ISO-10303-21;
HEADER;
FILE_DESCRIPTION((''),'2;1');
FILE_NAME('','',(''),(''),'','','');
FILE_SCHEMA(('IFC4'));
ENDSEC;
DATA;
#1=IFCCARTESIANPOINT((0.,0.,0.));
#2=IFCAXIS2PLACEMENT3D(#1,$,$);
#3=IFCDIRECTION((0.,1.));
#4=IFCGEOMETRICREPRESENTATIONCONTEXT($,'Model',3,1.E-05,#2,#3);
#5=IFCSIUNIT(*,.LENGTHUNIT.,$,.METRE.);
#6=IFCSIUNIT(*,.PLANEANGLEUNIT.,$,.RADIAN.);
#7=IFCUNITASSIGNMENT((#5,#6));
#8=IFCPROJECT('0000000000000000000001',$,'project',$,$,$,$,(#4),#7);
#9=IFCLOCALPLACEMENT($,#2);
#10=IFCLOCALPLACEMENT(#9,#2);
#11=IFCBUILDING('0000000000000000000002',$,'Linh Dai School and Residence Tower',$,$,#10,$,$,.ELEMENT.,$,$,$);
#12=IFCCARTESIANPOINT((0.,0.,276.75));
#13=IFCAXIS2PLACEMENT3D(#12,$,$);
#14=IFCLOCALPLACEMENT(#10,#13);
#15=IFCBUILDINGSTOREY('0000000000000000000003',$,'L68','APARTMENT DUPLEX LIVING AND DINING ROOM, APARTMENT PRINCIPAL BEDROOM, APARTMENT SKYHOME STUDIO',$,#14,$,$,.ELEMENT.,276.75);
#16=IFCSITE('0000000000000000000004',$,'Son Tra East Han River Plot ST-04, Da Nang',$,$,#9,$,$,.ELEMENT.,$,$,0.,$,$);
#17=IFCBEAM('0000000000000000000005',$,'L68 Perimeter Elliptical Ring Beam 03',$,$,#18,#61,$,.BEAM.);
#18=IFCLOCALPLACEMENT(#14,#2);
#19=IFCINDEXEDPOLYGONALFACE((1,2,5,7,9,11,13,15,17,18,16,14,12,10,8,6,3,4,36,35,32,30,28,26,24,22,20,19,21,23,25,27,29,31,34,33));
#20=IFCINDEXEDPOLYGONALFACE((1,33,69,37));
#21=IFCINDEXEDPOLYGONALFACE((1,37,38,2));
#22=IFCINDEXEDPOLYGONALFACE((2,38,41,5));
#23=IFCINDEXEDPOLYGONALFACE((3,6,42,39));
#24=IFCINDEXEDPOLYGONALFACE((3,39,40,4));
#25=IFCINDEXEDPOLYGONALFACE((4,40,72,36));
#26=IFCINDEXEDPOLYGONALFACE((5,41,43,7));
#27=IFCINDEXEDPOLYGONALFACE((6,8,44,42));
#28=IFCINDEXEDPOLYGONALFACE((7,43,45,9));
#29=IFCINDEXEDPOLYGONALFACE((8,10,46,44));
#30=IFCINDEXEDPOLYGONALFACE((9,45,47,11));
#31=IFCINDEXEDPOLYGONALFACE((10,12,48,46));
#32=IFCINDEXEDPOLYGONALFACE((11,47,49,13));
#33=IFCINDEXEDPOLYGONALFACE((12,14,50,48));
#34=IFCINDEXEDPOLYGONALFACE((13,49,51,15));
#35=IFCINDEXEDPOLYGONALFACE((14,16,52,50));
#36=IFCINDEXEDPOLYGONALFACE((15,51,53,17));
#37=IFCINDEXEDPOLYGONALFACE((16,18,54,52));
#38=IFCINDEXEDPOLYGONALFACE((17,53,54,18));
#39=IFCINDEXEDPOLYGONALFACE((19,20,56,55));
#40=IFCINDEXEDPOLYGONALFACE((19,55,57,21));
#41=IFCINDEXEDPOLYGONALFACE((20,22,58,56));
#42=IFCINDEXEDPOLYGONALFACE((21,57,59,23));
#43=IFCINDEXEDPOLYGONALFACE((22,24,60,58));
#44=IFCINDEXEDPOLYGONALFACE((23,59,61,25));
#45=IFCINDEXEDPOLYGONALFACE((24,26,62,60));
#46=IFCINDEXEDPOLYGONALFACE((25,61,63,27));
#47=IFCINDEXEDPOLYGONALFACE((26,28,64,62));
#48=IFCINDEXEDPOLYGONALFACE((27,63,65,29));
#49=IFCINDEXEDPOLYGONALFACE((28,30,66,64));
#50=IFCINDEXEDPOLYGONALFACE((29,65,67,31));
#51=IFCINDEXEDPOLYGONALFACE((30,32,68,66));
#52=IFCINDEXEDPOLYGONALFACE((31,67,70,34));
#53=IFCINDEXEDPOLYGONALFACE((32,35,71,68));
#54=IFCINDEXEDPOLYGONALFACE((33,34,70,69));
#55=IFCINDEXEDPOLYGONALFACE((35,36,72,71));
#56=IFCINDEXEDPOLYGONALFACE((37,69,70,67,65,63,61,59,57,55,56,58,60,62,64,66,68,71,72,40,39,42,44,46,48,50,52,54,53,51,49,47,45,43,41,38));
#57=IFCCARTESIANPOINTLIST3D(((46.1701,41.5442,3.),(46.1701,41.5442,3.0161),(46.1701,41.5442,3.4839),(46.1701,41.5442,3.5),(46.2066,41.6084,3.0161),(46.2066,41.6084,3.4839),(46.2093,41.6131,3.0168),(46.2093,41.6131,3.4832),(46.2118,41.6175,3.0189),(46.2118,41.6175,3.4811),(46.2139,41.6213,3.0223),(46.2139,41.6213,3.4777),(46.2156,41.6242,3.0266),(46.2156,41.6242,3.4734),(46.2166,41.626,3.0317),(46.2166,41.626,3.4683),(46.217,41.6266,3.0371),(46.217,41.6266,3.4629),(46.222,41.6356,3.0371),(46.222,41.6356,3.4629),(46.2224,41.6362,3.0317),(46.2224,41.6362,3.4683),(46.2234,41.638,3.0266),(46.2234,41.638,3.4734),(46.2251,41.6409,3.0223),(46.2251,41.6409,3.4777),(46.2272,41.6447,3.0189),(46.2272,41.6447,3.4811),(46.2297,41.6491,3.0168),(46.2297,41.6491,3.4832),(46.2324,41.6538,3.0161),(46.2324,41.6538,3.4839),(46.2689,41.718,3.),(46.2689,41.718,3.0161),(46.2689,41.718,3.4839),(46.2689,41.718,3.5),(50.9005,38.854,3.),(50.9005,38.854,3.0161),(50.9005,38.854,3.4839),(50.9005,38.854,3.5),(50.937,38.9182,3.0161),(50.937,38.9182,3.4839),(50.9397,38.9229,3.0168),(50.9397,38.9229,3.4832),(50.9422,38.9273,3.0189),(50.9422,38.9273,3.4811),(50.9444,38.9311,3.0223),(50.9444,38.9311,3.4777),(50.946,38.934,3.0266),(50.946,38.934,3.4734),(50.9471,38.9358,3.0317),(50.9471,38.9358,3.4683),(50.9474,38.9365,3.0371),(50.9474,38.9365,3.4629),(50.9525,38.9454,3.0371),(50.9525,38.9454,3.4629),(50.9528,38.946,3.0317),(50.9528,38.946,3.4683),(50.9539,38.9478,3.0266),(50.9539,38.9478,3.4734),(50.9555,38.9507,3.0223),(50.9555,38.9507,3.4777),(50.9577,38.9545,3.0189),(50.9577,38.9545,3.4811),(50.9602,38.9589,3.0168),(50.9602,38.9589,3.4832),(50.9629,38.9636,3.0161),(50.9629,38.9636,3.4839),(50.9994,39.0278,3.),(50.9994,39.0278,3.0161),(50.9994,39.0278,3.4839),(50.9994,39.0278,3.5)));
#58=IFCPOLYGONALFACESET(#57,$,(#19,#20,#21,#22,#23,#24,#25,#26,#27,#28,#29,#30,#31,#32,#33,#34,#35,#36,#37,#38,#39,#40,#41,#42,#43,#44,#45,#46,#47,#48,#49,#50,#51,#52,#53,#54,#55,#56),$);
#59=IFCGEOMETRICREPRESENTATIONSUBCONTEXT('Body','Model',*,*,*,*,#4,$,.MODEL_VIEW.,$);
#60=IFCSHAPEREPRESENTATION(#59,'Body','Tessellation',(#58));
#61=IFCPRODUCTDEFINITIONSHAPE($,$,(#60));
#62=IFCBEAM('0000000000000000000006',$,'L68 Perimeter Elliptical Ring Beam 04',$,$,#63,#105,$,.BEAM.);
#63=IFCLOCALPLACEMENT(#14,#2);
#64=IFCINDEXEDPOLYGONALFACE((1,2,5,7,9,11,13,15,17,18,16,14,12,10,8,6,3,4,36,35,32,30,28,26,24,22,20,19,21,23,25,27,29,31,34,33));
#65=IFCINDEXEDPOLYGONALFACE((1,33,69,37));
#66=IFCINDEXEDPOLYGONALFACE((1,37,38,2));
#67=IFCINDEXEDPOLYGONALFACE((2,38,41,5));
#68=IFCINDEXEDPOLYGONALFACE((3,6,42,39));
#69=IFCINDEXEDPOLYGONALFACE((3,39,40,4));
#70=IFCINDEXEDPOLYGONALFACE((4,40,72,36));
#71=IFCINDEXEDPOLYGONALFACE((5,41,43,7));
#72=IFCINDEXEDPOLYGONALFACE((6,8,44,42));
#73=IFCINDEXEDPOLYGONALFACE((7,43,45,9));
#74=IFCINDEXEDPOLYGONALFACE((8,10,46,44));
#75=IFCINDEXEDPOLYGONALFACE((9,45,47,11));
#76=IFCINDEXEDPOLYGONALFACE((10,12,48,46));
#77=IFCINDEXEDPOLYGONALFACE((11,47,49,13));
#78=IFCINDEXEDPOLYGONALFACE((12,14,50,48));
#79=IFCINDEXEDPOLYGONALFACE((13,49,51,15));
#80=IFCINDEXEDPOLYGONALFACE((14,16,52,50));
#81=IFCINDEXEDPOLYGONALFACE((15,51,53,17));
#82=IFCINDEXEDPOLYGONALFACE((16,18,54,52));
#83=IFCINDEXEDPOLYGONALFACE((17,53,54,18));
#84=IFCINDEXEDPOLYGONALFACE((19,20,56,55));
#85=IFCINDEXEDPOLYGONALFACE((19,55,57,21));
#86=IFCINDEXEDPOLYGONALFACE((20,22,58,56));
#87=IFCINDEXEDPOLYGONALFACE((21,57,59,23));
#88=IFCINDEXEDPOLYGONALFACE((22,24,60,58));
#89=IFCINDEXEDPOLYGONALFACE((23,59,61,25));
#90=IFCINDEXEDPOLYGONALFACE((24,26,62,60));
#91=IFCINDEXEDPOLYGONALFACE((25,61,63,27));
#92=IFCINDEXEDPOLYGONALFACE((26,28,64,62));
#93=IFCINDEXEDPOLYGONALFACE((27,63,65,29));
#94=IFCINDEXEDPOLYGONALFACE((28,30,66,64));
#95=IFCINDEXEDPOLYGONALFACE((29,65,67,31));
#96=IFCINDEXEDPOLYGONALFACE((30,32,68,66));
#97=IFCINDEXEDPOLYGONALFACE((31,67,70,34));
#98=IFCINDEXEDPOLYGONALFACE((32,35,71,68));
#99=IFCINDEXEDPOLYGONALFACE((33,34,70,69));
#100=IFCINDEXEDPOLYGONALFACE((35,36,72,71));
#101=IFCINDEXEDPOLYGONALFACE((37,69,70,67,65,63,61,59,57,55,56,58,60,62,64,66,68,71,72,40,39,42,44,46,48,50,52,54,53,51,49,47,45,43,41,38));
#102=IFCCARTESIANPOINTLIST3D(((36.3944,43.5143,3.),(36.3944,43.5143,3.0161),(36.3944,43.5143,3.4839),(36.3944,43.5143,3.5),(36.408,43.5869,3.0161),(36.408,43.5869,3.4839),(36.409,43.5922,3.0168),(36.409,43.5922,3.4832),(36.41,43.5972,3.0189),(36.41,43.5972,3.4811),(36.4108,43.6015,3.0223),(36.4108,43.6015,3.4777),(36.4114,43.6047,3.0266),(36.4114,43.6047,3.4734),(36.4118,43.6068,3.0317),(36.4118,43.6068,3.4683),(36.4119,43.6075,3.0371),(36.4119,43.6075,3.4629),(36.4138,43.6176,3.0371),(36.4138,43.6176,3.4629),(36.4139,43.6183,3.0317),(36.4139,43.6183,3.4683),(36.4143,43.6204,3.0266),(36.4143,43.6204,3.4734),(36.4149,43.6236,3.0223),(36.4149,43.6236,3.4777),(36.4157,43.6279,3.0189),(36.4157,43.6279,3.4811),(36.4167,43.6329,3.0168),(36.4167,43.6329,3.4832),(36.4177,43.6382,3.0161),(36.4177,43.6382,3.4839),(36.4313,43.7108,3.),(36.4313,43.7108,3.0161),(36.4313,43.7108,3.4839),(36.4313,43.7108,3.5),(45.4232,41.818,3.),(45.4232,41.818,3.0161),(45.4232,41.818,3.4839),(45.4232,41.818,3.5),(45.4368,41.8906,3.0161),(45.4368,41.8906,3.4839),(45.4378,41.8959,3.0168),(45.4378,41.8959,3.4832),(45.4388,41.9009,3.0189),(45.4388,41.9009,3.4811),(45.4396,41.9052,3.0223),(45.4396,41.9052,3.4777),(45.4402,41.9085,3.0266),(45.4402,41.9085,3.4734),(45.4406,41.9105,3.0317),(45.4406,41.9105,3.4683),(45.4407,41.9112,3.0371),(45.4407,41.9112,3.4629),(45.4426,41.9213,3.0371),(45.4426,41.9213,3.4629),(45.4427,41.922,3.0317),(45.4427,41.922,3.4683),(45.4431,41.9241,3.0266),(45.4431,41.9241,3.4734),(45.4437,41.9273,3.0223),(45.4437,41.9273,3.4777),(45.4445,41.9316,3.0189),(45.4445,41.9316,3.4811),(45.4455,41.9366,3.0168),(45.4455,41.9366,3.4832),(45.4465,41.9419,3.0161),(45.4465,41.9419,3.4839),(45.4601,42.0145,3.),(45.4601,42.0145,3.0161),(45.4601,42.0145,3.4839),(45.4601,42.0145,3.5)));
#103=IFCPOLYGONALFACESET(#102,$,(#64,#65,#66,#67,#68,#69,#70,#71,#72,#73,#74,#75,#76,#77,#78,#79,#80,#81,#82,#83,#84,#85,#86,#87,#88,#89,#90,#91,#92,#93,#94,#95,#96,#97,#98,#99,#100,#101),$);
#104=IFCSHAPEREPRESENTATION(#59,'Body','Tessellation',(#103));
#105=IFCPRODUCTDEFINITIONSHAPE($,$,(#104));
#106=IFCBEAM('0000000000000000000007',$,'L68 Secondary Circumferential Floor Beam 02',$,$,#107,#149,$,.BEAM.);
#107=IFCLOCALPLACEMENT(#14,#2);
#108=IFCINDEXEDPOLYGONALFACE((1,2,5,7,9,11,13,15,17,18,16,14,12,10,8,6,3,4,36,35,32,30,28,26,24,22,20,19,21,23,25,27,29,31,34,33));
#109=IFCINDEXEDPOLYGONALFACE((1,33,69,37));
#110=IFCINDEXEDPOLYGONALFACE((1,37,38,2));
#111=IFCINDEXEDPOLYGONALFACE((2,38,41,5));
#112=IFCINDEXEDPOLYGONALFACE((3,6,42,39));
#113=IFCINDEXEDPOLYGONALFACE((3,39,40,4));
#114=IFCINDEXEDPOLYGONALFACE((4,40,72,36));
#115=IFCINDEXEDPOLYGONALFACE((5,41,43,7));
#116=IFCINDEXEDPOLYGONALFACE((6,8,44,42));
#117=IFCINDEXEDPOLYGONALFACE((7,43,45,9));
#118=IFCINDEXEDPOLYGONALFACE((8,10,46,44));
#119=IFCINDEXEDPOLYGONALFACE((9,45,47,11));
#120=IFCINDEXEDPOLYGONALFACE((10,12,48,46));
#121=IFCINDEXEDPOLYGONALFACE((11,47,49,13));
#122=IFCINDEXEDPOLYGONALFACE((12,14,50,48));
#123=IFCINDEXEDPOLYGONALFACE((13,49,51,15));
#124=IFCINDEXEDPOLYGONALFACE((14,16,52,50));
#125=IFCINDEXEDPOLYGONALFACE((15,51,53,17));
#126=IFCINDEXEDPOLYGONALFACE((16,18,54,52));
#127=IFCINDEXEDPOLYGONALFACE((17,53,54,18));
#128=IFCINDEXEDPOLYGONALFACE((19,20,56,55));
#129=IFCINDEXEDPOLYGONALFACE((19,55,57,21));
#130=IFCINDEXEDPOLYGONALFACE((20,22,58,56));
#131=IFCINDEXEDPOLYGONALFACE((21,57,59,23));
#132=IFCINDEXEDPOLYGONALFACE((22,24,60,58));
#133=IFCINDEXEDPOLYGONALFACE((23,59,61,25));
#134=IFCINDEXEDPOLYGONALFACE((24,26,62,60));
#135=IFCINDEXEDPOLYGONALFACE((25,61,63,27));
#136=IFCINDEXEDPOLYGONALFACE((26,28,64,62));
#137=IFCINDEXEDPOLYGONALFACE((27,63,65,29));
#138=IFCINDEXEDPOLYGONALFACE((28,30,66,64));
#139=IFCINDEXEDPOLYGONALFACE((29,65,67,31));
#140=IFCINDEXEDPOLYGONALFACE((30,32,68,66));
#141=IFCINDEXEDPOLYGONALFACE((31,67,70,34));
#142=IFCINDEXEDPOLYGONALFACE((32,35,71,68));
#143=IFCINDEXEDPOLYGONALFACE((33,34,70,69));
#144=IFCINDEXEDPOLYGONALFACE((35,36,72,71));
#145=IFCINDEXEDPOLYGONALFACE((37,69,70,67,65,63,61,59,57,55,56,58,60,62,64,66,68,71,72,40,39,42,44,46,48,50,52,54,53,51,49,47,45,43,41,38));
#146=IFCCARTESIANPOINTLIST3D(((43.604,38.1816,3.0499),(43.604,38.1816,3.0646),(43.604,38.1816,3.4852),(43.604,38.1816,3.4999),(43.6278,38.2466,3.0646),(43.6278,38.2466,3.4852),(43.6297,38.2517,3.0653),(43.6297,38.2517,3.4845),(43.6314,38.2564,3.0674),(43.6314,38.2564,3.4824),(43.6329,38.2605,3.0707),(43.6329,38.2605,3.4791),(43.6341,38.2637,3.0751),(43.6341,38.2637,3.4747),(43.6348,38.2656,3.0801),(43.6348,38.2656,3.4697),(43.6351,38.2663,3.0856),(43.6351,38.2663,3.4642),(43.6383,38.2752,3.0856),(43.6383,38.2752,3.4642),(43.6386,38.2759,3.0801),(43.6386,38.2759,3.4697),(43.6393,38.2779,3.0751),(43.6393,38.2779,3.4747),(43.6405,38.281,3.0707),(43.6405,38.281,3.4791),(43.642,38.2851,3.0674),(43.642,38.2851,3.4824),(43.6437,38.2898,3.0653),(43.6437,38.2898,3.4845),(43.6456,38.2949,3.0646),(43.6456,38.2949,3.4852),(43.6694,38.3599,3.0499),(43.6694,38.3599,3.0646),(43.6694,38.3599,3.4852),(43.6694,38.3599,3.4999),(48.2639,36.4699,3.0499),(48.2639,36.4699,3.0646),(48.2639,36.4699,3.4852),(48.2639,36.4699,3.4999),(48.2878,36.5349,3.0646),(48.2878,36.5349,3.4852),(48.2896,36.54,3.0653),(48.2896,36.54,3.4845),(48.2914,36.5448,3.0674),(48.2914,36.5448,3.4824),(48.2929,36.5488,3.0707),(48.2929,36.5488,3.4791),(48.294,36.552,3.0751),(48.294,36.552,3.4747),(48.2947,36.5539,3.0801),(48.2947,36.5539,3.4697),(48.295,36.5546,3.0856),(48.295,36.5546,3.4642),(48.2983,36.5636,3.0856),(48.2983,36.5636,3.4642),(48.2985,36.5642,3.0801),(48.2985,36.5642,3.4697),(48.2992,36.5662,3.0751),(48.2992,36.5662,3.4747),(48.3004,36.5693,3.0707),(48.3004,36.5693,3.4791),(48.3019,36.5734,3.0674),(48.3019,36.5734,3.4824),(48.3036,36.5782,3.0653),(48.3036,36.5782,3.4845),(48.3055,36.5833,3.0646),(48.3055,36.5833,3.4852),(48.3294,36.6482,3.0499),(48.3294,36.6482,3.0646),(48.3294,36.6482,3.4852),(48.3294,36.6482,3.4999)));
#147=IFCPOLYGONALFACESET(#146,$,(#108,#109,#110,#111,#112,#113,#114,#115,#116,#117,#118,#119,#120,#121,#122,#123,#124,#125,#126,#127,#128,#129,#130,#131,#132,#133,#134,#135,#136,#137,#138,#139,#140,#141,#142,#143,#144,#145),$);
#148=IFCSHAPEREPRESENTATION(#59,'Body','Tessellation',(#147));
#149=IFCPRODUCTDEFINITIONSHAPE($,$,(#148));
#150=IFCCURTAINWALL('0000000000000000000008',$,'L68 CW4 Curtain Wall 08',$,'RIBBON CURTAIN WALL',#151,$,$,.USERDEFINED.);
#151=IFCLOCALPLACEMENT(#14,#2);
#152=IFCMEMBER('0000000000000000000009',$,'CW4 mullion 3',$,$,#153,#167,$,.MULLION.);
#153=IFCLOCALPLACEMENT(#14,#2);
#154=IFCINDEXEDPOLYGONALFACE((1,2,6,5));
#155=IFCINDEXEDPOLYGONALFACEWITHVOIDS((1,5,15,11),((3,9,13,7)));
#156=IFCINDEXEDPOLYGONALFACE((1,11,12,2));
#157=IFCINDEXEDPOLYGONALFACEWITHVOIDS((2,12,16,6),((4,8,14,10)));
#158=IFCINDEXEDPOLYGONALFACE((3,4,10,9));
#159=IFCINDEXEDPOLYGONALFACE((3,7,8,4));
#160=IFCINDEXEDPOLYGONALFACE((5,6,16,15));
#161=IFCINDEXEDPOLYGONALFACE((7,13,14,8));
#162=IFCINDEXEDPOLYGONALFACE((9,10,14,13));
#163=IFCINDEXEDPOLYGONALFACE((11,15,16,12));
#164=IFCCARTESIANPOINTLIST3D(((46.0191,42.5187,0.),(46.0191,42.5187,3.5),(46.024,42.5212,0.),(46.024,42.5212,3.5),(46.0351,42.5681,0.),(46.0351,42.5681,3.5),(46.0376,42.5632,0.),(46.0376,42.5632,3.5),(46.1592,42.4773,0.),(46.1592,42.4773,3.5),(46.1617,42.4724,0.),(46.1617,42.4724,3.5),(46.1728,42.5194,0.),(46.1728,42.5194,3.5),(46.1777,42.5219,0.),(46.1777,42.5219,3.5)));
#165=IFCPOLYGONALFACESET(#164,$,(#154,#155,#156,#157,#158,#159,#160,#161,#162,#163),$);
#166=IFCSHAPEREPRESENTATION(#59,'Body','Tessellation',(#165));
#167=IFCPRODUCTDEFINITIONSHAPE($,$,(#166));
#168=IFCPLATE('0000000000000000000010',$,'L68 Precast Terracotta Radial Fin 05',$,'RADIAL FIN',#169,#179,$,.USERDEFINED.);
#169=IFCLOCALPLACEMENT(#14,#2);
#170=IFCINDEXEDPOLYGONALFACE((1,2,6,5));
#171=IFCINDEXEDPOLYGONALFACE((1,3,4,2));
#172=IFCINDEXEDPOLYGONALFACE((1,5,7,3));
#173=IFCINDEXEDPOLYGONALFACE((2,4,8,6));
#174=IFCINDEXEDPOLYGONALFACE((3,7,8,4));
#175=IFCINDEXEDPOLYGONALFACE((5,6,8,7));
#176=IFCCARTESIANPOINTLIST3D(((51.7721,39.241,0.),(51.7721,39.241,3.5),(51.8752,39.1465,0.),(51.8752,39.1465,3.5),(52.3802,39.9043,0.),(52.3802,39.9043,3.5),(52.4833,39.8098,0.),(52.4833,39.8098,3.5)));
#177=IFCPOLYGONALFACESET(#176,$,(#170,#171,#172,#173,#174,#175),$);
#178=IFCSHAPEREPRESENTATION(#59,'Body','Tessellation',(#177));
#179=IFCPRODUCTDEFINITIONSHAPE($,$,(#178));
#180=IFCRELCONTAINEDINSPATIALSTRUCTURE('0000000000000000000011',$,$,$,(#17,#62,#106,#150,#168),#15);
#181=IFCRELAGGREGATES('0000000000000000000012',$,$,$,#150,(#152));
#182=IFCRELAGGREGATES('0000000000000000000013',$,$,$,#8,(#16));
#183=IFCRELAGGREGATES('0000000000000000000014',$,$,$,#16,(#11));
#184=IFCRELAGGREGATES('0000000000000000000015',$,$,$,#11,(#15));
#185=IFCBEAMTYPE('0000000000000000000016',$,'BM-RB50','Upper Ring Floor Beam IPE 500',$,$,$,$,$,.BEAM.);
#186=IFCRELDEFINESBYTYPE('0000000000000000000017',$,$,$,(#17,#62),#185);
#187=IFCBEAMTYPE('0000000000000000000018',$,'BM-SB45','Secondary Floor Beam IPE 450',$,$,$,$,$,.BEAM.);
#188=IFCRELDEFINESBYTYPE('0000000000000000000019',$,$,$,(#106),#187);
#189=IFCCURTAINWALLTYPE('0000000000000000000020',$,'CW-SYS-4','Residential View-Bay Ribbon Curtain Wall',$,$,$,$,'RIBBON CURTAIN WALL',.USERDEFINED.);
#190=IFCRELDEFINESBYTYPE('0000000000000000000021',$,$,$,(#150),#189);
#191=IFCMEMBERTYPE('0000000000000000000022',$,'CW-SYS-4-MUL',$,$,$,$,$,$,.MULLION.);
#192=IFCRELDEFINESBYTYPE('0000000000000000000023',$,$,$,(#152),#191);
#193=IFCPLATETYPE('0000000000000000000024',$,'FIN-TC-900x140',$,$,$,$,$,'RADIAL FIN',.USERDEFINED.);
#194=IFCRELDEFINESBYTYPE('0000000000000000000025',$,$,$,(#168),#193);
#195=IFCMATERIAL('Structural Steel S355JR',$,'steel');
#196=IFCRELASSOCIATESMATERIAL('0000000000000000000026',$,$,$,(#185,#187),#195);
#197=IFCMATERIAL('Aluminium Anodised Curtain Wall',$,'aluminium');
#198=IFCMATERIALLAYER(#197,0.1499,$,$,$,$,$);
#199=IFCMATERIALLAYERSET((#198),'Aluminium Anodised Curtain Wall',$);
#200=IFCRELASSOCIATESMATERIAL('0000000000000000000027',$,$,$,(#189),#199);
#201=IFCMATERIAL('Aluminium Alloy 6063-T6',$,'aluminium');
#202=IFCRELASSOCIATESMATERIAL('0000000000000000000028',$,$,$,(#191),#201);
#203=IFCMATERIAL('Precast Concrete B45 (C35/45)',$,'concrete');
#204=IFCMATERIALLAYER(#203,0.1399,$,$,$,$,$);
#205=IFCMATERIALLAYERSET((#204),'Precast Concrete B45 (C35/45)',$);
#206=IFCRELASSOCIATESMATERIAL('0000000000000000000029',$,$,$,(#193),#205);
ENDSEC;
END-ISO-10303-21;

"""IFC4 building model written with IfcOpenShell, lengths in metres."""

from ifc_helpers import new_model, si_unit, direction, frame, origin, origin_2d, place, context, subcontext, project, spatial, rectangle, hollow_rectangle, i_section, extrude, source, transform, mapped, material, layer, layer_set, material_profile, profile_set, type_object, element, aggregate, save


model = new_model("IFC4")

# Units and contexts
model_context = context("Model", 3, precision=1e-05, world=origin(), true_north=direction((0.0, 1.0)))
body_context = subcontext(model_context, "Body", "Model", "MODEL_VIEW")
ifc_project = project(units=[si_unit("LENGTHUNIT", "METRE"), si_unit("PLANEANGLEUNIT", "RADIAN")], contexts=[model_context])

# Site, building, storey
site_placement = place(None, origin())
site = spatial("IfcSite", under=ifc_project, at=site_placement, Name="Son Tra East Han River Plot ST-04, Da Nang", CompositionType="ELEMENT", RefElevation=0.0)
building_placement = place(site_placement, origin())
building = spatial("IfcBuilding", under=site, at=building_placement, Name="Linh Dai School and Residence Tower", CompositionType="ELEMENT")
storey_placement = place(building_placement, frame((0.0, 0.0, 276.75)))
storey = spatial("IfcBuildingStorey", under=building, at=storey_placement, Name="L68", Description="APARTMENT DUPLEX LIVING AND DINING ROOM, APARTMENT PRINCIPAL BEDROOM, APARTMENT SKYHOME STUDIO", CompositionType="ELEMENT", Elevation=276.75)

# Shared definitions
ifc_material_1 = material(Name="Structural Steel S355JR", Category="steel")

# Beams
ifc_material_profile_1 = material_profile(ifc_material_1, i_section(OverallWidth=0.2, OverallDepth=0.5, WebThickness=0.0103, FlangeThickness=0.0161, FilletRadius=0.021, at=origin_2d()), Name="IPE 500")
ifc_profile_set_1 = profile_set([ifc_material_profile_1], Name="Structural Steel S355JR")
beam_type_1 = type_object("IfcBeamType", Name="BM-RB50", Description="Upper Ring Floor Beam IPE 500", PredefinedType="BEAM", material=ifc_profile_set_1)
beam_1_placement = place(storey_placement, frame((50.95, 38.9409, 3.25), z_axis=(-0.869266, 0.494345, 0.0), x_axis=(-0.494345, -0.869266, 0.0)))
element("IfcBeam", 1, at=beam_1_placement, inside=storey, type_object=beam_type_1, Name="L68 Perimeter Elliptical Ring Beam 03", PredefinedType="BEAM", context=body_context, shape_type="SweptSolid", body=[
    extrude(i_section(OverallWidth=0.2, OverallDepth=0.5, WebThickness=0.0103, FlangeThickness=0.0161, FilletRadius=0.021, at=origin_2d()), origin(), (0.0, 0.0, 1.0), 5.4419),
])
beam_2_placement = place(storey_placement, frame((45.4417, 41.9163, 3.25), z_axis=(-0.982805, 0.184645, 0.0), x_axis=(-0.184645, -0.982805, 0.0)))
element("IfcBeam", 2, at=beam_2_placement, inside=storey, type_object=beam_type_1, Name="L68 Perimeter Elliptical Ring Beam 04", PredefinedType="BEAM", context=body_context, shape_type="SweptSolid", body=[
    extrude(i_section(OverallWidth=0.2, OverallDepth=0.5, WebThickness=0.0103, FlangeThickness=0.0161, FilletRadius=0.021, at=origin_2d()), origin(), (0.0, 0.0, 1.0), 9.1868),
])
ifc_material_profile_2 = material_profile(ifc_material_1, i_section(OverallWidth=0.1899, OverallDepth=0.45, WebThickness=0.0095, FlangeThickness=0.0146, FilletRadius=0.021, at=origin_2d()), Name="IPE 450")
ifc_profile_set_2 = profile_set([ifc_material_profile_2], Name="Structural Steel S355JR")
beam_type_2 = type_object("IfcBeamType", Name="BM-SB45", Description="Secondary Floor Beam IPE 450", PredefinedType="BEAM", material=ifc_profile_set_2)
beam_3_placement = place(storey_placement, frame((48.2966, 36.5591, 3.2749), z_axis=(-0.938679, 0.344794, 0.0), x_axis=(-0.344794, -0.938679, 0.0)))
element("IfcBeam", 3, at=beam_3_placement, inside=storey, type_object=beam_type_2, Name="L68 Secondary Circumferential Floor Beam 02", PredefinedType="BEAM", context=body_context, shape_type="SweptSolid", body=[
    extrude(i_section(OverallWidth=0.1899, OverallDepth=0.45, WebThickness=0.0095, FlangeThickness=0.0146, FilletRadius=0.021, at=origin_2d()), origin(), (0.0, 0.0, 1.0), 4.9644),
])

# Curtain wall, member
ifc_material_2 = material(Name="Aluminium Anodised Curtain Wall", Category="aluminium")
ifc_layer_1 = layer(ifc_material_2, 0.1499)
ifc_layer_set_1 = layer_set([ifc_layer_1], Name="Aluminium Anodised Curtain Wall")
curtain_wall_type = type_object("IfcCurtainWallType", Name="CW-SYS-4", Description="Residential View-Bay Ribbon Curtain Wall", ElementType="RIBBON CURTAIN WALL", PredefinedType="USERDEFINED", material=ifc_layer_set_1)
curtain_wall_placement = place(storey_placement, origin())
curtain_wall = element("IfcCurtainWall", 4, at=curtain_wall_placement, inside=storey, type_object=curtain_wall_type, Name="L68 CW4 Curtain Wall 08", ObjectType="RIBBON CURTAIN WALL", PredefinedType="USERDEFINED")
ifc_material_3 = material(Name="Aluminium Alloy 6063-T6", Category="aluminium")
ifc_material_profile_3 = material_profile(ifc_material_3, hollow_rectangle(XDim=0.052, YDim=0.1499, WallThickness=0.0039, at=origin_2d()), Name="RHS 150x52x4")
ifc_profile_set_3 = profile_set([ifc_material_profile_3], Name="Aluminium Alloy 6063-T6")
member_type = type_object("IfcMemberType", Name="CW-SYS-4-MUL", PredefinedType="MULLION", material=ifc_profile_set_3)
shared_shape_1 = source(origin(), body_context, "Body", "SweptSolid", [
    extrude(hollow_rectangle(XDim=0.052, YDim=0.1499, WallThickness=0.0039, at=origin_2d()), origin(), (0.0, 0.0, 1.0), 3.5),
])
member_placement = place(storey_placement, frame((46.0984, 42.5203, 0.0), z_axis=(0.0, 0.0, 1.0), x_axis=(0.308519, 0.951218, 0.0)))
member = element("IfcMember", 5, at=member_placement, type_object=member_type, Name="CW4 mullion 3", PredefinedType="MULLION", context=body_context, shape_type="MappedRepresentation", body=[
    mapped(shared_shape_1, transform((0.0, 0.0, 0.0), x_axis=(1.0, 0.0, 0.0), y_axis=(0.0, 1.0, 0.0), z_axis=(0.0, 0.0, 1.0), scale=1.0)),
])

# Plate
ifc_material_4 = material(Name="Precast Concrete B45 (C35/45)", Category="concrete")
ifc_layer_2 = layer(ifc_material_4, 0.1399)
ifc_layer_set_2 = layer_set([ifc_layer_2], Name="Precast Concrete B45 (C35/45)")
plate_type_1 = type_object("IfcPlateType", Name="FIN-TC-900x140", ElementType="RADIAL FIN", PredefinedType="USERDEFINED", material=ifc_layer_set_2)
shared_shape_2 = source(origin(), body_context, "Body", "SweptSolid", [
    extrude(rectangle(XDim=0.8999, YDim=0.1399, at=origin_2d()), origin(), (0.0, 0.0, 1.0), 3.5),
])
plate_1_placement = place(storey_placement, frame((52.1277, 39.5254, 0.0), z_axis=(0.0, 0.0, 1.0), x_axis=(0.675777, 0.737106, 0.0)))
element("IfcPlate", 6, at=plate_1_placement, inside=storey, type_object=plate_type_1, Name="L68 Precast Terracotta Radial Fin 05", ObjectType="RADIAL FIN", PredefinedType="USERDEFINED", context=body_context, shape_type="MappedRepresentation", body=[
    mapped(shared_shape_2, transform((0.0, 0.0, 0.0), x_axis=(1.0, 0.0, 0.0), y_axis=(0.0, 1.0, 0.0), z_axis=(0.0, 0.0, 1.0), scale=1.0)),
])
aggregate(curtain_wall, [member])

save(model, "model.ifc")
